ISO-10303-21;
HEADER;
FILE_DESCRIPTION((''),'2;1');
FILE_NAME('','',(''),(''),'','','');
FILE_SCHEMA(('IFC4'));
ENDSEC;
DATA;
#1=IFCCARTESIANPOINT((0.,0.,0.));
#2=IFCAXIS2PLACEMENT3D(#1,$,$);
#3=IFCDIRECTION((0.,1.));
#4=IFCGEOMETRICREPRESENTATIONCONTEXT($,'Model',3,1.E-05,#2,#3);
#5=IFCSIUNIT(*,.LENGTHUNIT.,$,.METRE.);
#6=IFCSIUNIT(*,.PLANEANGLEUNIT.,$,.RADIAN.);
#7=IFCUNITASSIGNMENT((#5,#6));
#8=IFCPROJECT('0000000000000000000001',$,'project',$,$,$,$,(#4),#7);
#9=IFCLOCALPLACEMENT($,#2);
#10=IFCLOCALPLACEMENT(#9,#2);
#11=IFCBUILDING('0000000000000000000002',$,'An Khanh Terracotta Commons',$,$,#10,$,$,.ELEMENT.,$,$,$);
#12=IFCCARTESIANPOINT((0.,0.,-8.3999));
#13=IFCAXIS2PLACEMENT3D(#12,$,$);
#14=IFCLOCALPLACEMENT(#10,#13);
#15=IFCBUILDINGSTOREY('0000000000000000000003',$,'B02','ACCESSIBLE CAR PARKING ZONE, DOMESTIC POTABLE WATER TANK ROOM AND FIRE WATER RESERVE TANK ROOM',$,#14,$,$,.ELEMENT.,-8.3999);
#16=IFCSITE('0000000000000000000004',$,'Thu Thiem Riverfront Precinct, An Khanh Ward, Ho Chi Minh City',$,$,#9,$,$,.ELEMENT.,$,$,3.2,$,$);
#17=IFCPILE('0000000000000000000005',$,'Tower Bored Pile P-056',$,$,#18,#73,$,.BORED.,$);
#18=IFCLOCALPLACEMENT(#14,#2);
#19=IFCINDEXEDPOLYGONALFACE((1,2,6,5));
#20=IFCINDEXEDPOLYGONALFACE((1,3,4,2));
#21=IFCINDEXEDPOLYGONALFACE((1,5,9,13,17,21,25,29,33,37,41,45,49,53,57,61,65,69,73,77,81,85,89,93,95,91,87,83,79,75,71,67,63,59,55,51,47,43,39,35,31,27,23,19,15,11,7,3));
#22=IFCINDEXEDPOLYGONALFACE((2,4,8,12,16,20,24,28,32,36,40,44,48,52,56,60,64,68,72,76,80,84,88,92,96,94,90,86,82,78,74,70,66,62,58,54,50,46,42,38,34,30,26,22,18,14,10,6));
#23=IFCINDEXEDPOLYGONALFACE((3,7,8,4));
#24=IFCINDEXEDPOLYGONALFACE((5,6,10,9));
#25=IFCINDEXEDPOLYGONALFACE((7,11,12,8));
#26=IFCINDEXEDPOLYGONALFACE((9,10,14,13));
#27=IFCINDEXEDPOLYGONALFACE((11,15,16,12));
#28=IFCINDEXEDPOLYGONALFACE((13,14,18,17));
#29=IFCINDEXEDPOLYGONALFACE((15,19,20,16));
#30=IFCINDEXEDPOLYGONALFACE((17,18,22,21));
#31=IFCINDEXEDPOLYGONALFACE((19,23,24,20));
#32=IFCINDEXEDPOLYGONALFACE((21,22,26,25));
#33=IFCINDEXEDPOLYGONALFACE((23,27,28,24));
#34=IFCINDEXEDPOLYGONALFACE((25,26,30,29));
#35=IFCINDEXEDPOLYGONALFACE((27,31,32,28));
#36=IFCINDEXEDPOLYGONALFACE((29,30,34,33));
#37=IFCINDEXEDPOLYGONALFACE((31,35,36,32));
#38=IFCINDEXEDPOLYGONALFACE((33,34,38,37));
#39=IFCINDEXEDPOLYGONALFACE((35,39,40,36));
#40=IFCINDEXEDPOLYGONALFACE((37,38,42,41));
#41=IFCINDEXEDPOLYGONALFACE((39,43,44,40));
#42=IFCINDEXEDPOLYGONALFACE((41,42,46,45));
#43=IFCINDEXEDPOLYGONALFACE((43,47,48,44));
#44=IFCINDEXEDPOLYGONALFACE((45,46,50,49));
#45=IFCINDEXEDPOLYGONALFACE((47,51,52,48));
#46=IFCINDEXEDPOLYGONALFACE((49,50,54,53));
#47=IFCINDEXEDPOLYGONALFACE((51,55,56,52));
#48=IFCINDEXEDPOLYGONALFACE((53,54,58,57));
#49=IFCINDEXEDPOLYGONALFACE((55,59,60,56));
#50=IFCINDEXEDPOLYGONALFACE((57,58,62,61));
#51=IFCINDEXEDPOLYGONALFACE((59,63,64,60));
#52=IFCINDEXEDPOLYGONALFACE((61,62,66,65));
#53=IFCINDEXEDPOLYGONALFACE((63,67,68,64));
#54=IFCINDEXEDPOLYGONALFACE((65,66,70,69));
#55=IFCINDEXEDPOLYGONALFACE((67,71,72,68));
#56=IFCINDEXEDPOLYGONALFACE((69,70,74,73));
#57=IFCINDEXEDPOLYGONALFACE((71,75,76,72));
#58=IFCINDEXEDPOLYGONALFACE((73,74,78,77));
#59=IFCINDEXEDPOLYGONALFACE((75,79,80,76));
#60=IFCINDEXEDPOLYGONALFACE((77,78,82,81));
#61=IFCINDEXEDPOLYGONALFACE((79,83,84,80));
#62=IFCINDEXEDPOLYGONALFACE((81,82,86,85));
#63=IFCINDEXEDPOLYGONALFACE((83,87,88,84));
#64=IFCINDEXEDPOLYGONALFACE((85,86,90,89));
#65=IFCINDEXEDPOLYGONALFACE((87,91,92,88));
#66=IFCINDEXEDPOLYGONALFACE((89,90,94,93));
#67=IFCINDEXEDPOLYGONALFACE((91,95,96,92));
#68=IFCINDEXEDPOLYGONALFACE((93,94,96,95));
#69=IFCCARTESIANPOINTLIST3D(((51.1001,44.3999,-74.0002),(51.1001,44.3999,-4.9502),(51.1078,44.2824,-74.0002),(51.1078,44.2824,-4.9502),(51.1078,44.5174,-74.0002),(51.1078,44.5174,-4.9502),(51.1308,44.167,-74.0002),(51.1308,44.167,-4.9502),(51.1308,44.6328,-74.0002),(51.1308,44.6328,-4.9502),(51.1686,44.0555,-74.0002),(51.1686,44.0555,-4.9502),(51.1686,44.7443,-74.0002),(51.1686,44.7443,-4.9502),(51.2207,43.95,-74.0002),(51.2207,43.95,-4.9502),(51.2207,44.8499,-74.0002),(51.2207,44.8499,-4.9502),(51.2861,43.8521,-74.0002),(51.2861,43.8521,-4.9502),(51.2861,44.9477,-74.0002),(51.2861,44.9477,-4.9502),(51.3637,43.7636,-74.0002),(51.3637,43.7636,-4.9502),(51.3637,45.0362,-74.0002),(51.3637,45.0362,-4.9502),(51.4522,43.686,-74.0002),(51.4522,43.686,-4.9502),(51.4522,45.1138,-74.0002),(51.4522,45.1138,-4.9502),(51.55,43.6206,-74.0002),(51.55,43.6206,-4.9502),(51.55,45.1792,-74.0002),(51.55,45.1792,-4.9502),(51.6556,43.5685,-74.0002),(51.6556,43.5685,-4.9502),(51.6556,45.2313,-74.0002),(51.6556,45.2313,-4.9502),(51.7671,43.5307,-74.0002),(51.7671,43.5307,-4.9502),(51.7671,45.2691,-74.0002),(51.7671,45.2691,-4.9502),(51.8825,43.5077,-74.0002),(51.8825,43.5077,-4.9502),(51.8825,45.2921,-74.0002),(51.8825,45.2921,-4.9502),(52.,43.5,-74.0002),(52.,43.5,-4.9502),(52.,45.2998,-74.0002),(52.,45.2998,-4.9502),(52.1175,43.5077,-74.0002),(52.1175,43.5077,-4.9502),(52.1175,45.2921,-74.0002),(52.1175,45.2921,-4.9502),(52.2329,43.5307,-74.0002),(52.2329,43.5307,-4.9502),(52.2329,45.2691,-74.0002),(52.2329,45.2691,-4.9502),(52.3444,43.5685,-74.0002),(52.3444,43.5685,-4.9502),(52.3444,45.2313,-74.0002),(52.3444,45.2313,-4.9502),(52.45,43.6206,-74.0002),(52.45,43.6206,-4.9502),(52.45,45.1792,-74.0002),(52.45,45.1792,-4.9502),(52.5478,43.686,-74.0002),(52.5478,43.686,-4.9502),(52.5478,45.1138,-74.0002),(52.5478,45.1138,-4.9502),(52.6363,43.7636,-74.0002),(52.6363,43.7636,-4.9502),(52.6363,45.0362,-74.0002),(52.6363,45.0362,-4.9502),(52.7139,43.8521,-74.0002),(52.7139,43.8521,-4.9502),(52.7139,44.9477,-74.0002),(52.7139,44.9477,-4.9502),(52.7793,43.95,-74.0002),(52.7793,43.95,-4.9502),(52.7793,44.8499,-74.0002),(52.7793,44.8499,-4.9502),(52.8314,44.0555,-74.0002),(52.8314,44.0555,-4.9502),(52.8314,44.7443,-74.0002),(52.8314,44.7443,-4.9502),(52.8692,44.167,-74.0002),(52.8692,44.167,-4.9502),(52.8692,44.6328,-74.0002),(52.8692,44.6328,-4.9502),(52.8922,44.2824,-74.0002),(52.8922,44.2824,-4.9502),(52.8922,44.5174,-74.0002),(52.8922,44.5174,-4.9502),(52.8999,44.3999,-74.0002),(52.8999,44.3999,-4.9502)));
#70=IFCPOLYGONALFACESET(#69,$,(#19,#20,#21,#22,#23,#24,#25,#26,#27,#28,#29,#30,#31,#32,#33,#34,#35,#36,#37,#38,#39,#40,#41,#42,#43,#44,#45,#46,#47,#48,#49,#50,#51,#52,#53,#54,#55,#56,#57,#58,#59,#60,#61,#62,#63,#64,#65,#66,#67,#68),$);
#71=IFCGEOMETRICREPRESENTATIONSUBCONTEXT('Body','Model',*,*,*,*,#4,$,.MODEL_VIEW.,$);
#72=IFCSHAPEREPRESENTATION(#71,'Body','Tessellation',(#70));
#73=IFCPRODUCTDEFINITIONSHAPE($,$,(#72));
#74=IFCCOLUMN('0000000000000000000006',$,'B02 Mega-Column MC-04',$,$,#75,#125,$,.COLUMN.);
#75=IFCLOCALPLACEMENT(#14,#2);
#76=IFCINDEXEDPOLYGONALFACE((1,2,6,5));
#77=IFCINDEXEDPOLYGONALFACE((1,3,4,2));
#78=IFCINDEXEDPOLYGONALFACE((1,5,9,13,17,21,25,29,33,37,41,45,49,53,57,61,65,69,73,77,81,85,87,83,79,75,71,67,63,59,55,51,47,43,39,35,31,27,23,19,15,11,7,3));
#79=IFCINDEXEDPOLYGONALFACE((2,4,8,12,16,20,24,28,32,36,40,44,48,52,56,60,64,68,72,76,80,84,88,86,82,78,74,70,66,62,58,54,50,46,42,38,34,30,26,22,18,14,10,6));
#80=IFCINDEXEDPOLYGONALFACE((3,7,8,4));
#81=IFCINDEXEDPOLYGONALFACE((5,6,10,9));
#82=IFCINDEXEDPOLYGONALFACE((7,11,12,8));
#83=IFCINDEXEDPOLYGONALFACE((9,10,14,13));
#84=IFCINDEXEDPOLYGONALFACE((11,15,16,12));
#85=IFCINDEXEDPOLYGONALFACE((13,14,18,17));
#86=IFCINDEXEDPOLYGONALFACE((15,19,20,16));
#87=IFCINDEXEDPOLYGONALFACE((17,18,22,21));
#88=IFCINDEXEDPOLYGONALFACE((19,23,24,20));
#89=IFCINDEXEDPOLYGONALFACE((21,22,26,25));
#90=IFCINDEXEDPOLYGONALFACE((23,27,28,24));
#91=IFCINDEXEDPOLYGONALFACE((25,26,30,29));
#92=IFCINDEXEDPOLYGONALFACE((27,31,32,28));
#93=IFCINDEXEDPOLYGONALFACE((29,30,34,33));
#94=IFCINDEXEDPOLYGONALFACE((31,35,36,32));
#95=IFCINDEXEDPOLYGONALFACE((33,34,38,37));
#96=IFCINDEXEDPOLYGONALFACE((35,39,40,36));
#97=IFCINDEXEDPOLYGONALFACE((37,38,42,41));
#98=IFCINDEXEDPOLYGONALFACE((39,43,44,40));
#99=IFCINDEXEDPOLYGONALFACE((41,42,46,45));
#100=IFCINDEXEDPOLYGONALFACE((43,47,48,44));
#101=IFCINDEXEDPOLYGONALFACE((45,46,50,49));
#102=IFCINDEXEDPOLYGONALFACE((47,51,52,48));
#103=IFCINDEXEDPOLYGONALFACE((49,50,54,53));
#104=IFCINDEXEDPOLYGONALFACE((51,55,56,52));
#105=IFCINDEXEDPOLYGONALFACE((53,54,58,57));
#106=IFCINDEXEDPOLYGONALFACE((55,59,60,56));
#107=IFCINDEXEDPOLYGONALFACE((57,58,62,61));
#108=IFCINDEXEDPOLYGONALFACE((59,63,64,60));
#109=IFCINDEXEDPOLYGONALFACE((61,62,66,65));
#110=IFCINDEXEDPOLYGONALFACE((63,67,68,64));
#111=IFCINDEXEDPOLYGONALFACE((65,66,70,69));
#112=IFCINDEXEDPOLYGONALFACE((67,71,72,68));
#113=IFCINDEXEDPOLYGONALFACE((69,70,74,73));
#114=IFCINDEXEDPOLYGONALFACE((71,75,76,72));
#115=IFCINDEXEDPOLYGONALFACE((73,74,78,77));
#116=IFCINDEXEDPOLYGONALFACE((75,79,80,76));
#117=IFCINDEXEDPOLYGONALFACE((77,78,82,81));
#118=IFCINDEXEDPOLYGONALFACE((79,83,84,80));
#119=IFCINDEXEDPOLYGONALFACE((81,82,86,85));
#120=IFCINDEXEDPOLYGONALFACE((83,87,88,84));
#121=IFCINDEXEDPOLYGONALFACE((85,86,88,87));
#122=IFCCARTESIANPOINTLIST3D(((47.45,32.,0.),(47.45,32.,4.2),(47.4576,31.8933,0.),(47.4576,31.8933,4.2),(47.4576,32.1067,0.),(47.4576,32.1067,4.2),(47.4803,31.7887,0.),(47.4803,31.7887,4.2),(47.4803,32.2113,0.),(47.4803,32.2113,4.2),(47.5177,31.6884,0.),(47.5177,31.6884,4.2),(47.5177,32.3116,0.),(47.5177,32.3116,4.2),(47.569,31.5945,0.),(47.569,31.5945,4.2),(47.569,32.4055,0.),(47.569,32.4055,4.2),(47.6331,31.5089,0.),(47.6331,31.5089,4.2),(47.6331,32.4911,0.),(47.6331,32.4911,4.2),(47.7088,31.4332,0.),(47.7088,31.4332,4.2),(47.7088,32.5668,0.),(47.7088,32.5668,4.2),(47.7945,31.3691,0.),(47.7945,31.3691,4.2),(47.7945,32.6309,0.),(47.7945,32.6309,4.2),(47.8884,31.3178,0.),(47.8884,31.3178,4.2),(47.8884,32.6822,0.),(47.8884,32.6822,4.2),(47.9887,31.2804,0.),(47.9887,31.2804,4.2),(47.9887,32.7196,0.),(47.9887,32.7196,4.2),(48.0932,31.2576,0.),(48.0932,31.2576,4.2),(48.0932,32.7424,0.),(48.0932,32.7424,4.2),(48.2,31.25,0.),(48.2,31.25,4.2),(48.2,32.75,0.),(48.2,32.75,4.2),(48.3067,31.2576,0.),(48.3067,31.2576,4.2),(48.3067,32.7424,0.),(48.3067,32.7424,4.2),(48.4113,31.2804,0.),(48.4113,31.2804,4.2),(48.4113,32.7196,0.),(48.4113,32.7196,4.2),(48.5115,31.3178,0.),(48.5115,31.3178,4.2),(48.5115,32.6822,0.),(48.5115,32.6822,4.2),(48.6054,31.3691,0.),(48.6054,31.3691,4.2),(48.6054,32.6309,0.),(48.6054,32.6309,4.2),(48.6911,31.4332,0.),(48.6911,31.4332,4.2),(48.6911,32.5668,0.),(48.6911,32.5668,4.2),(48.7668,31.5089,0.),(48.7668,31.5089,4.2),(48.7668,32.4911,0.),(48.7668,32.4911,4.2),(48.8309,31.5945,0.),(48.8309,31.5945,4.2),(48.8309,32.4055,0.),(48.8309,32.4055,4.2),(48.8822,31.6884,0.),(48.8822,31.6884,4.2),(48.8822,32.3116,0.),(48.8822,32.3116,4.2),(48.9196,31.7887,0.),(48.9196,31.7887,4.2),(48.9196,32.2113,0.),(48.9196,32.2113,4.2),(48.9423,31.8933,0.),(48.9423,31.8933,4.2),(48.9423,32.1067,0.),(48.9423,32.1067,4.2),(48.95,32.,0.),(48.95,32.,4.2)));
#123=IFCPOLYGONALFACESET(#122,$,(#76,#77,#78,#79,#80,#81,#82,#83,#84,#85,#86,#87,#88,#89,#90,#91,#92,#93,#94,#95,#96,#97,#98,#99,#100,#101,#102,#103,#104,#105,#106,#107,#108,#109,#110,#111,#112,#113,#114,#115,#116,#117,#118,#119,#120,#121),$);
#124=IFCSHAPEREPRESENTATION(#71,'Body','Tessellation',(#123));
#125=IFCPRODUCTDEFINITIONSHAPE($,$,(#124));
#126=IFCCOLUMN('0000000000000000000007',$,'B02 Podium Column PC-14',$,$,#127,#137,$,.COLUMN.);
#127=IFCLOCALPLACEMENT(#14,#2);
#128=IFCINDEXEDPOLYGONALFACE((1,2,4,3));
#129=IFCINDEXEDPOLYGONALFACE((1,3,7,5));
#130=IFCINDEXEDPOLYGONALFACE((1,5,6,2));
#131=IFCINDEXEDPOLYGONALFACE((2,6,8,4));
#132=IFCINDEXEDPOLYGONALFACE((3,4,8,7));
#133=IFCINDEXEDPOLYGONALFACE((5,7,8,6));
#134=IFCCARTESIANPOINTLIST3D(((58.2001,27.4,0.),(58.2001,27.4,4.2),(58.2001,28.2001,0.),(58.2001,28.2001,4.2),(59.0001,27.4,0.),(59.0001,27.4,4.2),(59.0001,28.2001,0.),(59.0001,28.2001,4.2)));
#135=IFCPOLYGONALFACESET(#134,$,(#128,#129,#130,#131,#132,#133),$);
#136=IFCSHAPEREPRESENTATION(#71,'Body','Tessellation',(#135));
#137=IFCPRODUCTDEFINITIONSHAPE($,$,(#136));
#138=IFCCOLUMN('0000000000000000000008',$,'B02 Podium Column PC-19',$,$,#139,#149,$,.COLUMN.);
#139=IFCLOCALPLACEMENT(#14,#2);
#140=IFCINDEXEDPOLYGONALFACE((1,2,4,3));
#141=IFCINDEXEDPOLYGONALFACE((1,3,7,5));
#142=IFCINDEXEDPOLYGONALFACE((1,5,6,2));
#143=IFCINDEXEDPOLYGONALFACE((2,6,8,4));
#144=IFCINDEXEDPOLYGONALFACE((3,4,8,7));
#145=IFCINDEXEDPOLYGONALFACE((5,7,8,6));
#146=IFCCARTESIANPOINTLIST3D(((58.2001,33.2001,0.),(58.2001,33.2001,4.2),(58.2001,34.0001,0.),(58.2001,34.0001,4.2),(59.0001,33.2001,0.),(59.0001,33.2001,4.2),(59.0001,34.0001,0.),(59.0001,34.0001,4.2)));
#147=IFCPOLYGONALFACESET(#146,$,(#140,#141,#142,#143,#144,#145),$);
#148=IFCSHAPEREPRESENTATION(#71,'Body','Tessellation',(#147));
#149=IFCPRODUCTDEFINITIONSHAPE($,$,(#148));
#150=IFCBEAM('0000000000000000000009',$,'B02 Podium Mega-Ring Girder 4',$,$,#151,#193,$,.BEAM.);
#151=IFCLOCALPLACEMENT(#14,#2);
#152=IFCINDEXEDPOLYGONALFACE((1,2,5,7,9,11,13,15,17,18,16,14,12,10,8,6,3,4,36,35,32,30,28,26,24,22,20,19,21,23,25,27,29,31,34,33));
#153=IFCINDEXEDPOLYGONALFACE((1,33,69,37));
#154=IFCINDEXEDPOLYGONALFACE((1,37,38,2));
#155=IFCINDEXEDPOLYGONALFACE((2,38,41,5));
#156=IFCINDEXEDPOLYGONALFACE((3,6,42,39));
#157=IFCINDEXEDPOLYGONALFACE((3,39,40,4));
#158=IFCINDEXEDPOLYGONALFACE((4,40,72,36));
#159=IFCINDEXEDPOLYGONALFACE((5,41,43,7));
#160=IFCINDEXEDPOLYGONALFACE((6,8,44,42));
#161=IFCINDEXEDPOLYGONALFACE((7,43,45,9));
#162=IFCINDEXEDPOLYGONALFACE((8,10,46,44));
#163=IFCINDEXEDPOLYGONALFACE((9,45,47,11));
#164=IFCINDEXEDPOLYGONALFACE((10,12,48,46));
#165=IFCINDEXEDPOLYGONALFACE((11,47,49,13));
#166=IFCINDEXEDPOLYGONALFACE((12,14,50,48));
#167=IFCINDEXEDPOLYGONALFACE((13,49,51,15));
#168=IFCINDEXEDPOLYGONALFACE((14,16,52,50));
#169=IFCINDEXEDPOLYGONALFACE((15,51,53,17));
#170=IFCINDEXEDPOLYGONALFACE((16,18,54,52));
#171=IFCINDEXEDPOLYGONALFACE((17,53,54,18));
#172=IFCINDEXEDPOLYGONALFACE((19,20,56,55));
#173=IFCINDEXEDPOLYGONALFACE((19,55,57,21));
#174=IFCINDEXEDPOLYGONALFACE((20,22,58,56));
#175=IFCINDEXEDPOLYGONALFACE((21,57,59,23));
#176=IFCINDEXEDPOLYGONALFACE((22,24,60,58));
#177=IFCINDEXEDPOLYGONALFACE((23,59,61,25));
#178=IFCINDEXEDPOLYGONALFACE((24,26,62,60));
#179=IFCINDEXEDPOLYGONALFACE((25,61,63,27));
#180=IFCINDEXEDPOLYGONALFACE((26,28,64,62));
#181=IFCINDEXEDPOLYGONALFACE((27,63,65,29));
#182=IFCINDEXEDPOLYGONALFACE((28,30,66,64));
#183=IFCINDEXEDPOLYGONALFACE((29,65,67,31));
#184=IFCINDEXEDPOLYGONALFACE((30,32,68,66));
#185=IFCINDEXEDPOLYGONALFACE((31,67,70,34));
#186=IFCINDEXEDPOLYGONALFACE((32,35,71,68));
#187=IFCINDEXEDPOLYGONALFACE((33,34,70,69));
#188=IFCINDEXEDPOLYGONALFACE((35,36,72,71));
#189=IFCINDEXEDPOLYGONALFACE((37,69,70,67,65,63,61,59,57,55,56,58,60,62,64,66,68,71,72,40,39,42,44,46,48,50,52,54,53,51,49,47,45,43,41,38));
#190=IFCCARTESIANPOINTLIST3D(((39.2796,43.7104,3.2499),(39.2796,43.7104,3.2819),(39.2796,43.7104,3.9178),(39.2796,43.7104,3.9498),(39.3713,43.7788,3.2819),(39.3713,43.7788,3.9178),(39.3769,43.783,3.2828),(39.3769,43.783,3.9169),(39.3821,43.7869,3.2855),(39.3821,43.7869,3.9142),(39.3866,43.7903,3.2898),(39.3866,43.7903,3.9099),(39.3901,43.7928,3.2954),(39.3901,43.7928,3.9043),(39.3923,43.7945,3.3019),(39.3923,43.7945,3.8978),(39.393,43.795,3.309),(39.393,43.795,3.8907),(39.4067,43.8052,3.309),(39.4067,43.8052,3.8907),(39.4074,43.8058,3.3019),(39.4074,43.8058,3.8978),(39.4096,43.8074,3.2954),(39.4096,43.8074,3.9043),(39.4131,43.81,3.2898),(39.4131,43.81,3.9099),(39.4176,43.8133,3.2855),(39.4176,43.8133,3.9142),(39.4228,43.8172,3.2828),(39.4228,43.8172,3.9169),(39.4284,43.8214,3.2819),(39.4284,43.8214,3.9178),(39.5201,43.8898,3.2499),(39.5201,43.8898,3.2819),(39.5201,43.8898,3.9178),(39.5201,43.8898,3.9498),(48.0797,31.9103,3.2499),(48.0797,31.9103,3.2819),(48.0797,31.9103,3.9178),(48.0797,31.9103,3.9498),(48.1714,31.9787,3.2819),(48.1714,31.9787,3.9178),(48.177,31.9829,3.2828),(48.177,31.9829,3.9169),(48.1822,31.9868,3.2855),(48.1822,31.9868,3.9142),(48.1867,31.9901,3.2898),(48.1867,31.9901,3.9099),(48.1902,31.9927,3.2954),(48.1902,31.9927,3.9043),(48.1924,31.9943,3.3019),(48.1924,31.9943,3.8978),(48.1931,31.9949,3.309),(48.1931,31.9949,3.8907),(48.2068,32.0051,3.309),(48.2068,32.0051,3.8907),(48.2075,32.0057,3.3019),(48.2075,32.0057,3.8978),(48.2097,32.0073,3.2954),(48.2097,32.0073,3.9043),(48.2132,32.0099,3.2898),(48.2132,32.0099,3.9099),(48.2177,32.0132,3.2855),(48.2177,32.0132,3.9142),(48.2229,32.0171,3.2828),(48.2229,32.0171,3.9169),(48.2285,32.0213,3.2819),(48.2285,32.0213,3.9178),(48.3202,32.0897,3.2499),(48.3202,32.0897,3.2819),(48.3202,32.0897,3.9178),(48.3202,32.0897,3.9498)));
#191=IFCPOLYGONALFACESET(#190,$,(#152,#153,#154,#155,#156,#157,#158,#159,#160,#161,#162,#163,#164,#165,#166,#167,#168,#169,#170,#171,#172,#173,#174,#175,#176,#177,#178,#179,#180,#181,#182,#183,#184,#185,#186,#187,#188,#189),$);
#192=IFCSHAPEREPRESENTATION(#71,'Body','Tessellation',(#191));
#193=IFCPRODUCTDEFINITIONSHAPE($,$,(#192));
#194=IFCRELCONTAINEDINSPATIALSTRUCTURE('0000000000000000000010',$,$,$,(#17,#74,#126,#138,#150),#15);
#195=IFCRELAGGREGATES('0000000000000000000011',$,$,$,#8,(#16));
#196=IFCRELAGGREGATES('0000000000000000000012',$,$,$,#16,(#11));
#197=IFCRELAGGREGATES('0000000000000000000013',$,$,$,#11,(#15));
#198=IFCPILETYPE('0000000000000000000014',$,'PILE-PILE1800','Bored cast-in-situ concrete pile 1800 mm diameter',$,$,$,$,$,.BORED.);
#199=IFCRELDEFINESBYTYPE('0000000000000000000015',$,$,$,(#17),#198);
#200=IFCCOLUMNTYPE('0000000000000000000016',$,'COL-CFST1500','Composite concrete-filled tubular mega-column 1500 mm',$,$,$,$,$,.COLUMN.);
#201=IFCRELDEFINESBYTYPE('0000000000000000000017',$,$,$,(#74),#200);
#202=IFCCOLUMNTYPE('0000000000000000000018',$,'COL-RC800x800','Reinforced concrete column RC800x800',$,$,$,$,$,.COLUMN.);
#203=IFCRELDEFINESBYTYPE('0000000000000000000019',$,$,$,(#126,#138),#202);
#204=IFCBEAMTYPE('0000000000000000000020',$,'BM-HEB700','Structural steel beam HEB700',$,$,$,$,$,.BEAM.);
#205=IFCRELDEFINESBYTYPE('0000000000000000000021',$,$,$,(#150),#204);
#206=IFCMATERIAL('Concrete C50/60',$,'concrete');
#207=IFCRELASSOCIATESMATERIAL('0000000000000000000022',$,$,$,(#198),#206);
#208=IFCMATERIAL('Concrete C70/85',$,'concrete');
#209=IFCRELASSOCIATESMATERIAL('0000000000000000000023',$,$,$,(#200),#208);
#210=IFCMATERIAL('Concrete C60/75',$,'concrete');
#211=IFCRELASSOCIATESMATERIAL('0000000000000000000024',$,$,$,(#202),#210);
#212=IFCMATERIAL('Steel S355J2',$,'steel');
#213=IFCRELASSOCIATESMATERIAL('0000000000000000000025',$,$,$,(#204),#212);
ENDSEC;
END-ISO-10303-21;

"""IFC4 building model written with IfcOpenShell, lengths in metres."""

from ifc_helpers import new_model, si_unit, direction, frame, origin, origin_2d, place, context, subcontext, project, spatial, rectangle, circle, i_section, extrude, material, material_profile, profile_set, type_object, element, save


model = new_model("IFC4")

# Units and contexts
model_context = context("Model", 3, precision=1e-05, world=origin(), true_north=direction((0.0, 1.0)))
body_context = subcontext(model_context, "Body", "Model", "MODEL_VIEW")
ifc_project = project(units=[si_unit("LENGTHUNIT", "METRE"), si_unit("PLANEANGLEUNIT", "RADIAN")], contexts=[model_context])

# Site, building, storey
site_placement = place(None, origin())
site = spatial("IfcSite", under=ifc_project, at=site_placement, Name="Thu Thiem Riverfront Precinct, An Khanh Ward, Ho Chi Minh City", CompositionType="ELEMENT", RefElevation=3.2)
building_placement = place(site_placement, origin())
building = spatial("IfcBuilding", under=site, at=building_placement, Name="An Khanh Terracotta Commons", CompositionType="ELEMENT")
storey_placement = place(building_placement, frame((0.0, 0.0, -8.3999)))
storey = spatial("IfcBuildingStorey", under=building, at=storey_placement, Name="B02", Description="ACCESSIBLE CAR PARKING ZONE, DOMESTIC POTABLE WATER TANK ROOM AND FIRE WATER RESERVE TANK ROOM", CompositionType="ELEMENT", Elevation=-8.3999)

# Shared definitions
ifc_material_1 = material(Name="Concrete C50/60", Category="concrete")

# Pile
ifc_material_profile_1 = material_profile(ifc_material_1, circle(Radius=0.8999, at=origin_2d()), Name="PILE1800")
ifc_profile_set_1 = profile_set([ifc_material_profile_1], Name="Concrete C50/60")
pile_type_1 = type_object("IfcPileType", Name="PILE-PILE1800", Description="Bored cast-in-situ concrete pile 1800 mm diameter", PredefinedType="BORED", material=ifc_profile_set_1)
for number, where, z_axis, x_axis, name in (
    (1, (52.0, 44.3999, -4.9502), (0.0, 0.0, -1.0), (1.0, 0.0, 0.0), "Tower Bored Pile P-056"),
):
    element("IfcPile", number, at=place(storey_placement, frame(where, z_axis=z_axis, x_axis=x_axis)), inside=storey, type_object=pile_type_1, Name=name, PredefinedType="BORED", context=body_context, shape_type="SweptSolid", body=[
        extrude(circle(Radius=0.8999, at=origin_2d()), origin(), (0.0, 0.0, 1.0), 69.05),
    ])

# Columns
ifc_material_2 = material(Name="Concrete C70/85", Category="concrete")
ifc_material_profile_2 = material_profile(ifc_material_2, circle(Radius=0.75, at=origin_2d()), Name="CFST1500")
ifc_profile_set_2 = profile_set([ifc_material_profile_2], Name="Concrete C70/85")
column_type_1 = type_object("IfcColumnType", Name="COL-CFST1500", Description="Composite concrete-filled tubular mega-column 1500 mm", PredefinedType="COLUMN", material=ifc_profile_set_2)
column_placement = place(storey_placement, frame((48.2, 32.0, 0.0), z_axis=(0.0, 0.0, 1.0), x_axis=(1.0, 0.0, 0.0)))
element("IfcColumn", 2, at=column_placement, inside=storey, type_object=column_type_1, Name="B02 Mega-Column MC-04", PredefinedType="COLUMN", context=body_context, shape_type="SweptSolid", body=[
    extrude(circle(Radius=0.75, at=origin_2d()), origin(), (0.0, 0.0, 1.0), 4.2),
])
ifc_material_3 = material(Name="Concrete C60/75", Category="concrete")
ifc_material_profile_3 = material_profile(ifc_material_3, rectangle(XDim=0.8, YDim=0.8, at=origin_2d()), Name="RC800x800")
ifc_profile_set_3 = profile_set([ifc_material_profile_3], Name="Concrete C60/75")
column_type_2 = type_object("IfcColumnType", Name="COL-RC800x800", Description="Reinforced concrete column RC800x800", PredefinedType="COLUMN", material=ifc_profile_set_3)
for number, where, z_axis, x_axis, name in (
    (3, (58.6001, 27.8, 0.0), (0.0, 0.0, 1.0), (1.0, 0.0, 0.0), "B02 Podium Column PC-14"),
    (4, (58.6001, 33.6001, 0.0), (0.0, 0.0, 1.0), (1.0, 0.0, 0.0), "B02 Podium Column PC-19"),
):
    element("IfcColumn", number, at=place(storey_placement, frame(where, z_axis=z_axis, x_axis=x_axis)), inside=storey, type_object=column_type_2, Name=name, PredefinedType="COLUMN", context=body_context, shape_type="SweptSolid", body=[
        extrude(rectangle(XDim=0.8, YDim=0.8, at=origin_2d()), origin(), (0.0, 0.0, 1.0), 4.2),
    ])

# Beam
ifc_material_4 = material(Name="Steel S355J2", Category="steel")
ifc_material_profile_4 = material_profile(ifc_material_4, i_section(OverallWidth=0.3, OverallDepth=0.7, WebThickness=0.0171, FlangeThickness=0.032, FilletRadius=0.0271, at=origin_2d()), Name="HEB700")
ifc_profile_set_4 = profile_set([ifc_material_profile_4], Name="Steel S355J2")
beam_type_1 = type_object("IfcBeamType", Name="BM-HEB700", Description="Structural steel beam HEB700", PredefinedType="BEAM", material=ifc_profile_set_4)
beam_1_placement = place(storey_placement, frame((48.2, 32.0, 3.5999), z_axis=(-0.597824, 0.801627, 0.0), x_axis=(-0.801627, -0.597824, 0.0)))
element("IfcBeam", 5, at=beam_1_placement, inside=storey, type_object=beam_type_1, Name="B02 Podium Mega-Ring Girder 4", PredefinedType="BEAM", context=body_context, shape_type="SweptSolid", body=[
    extrude(i_section(OverallWidth=0.3, OverallDepth=0.7, WebThickness=0.0171, FlangeThickness=0.032, FilletRadius=0.0271, at=origin_2d()), origin(), (0.0, 0.0, 1.0), 14.7202),
])

save(model, "model.ifc")
